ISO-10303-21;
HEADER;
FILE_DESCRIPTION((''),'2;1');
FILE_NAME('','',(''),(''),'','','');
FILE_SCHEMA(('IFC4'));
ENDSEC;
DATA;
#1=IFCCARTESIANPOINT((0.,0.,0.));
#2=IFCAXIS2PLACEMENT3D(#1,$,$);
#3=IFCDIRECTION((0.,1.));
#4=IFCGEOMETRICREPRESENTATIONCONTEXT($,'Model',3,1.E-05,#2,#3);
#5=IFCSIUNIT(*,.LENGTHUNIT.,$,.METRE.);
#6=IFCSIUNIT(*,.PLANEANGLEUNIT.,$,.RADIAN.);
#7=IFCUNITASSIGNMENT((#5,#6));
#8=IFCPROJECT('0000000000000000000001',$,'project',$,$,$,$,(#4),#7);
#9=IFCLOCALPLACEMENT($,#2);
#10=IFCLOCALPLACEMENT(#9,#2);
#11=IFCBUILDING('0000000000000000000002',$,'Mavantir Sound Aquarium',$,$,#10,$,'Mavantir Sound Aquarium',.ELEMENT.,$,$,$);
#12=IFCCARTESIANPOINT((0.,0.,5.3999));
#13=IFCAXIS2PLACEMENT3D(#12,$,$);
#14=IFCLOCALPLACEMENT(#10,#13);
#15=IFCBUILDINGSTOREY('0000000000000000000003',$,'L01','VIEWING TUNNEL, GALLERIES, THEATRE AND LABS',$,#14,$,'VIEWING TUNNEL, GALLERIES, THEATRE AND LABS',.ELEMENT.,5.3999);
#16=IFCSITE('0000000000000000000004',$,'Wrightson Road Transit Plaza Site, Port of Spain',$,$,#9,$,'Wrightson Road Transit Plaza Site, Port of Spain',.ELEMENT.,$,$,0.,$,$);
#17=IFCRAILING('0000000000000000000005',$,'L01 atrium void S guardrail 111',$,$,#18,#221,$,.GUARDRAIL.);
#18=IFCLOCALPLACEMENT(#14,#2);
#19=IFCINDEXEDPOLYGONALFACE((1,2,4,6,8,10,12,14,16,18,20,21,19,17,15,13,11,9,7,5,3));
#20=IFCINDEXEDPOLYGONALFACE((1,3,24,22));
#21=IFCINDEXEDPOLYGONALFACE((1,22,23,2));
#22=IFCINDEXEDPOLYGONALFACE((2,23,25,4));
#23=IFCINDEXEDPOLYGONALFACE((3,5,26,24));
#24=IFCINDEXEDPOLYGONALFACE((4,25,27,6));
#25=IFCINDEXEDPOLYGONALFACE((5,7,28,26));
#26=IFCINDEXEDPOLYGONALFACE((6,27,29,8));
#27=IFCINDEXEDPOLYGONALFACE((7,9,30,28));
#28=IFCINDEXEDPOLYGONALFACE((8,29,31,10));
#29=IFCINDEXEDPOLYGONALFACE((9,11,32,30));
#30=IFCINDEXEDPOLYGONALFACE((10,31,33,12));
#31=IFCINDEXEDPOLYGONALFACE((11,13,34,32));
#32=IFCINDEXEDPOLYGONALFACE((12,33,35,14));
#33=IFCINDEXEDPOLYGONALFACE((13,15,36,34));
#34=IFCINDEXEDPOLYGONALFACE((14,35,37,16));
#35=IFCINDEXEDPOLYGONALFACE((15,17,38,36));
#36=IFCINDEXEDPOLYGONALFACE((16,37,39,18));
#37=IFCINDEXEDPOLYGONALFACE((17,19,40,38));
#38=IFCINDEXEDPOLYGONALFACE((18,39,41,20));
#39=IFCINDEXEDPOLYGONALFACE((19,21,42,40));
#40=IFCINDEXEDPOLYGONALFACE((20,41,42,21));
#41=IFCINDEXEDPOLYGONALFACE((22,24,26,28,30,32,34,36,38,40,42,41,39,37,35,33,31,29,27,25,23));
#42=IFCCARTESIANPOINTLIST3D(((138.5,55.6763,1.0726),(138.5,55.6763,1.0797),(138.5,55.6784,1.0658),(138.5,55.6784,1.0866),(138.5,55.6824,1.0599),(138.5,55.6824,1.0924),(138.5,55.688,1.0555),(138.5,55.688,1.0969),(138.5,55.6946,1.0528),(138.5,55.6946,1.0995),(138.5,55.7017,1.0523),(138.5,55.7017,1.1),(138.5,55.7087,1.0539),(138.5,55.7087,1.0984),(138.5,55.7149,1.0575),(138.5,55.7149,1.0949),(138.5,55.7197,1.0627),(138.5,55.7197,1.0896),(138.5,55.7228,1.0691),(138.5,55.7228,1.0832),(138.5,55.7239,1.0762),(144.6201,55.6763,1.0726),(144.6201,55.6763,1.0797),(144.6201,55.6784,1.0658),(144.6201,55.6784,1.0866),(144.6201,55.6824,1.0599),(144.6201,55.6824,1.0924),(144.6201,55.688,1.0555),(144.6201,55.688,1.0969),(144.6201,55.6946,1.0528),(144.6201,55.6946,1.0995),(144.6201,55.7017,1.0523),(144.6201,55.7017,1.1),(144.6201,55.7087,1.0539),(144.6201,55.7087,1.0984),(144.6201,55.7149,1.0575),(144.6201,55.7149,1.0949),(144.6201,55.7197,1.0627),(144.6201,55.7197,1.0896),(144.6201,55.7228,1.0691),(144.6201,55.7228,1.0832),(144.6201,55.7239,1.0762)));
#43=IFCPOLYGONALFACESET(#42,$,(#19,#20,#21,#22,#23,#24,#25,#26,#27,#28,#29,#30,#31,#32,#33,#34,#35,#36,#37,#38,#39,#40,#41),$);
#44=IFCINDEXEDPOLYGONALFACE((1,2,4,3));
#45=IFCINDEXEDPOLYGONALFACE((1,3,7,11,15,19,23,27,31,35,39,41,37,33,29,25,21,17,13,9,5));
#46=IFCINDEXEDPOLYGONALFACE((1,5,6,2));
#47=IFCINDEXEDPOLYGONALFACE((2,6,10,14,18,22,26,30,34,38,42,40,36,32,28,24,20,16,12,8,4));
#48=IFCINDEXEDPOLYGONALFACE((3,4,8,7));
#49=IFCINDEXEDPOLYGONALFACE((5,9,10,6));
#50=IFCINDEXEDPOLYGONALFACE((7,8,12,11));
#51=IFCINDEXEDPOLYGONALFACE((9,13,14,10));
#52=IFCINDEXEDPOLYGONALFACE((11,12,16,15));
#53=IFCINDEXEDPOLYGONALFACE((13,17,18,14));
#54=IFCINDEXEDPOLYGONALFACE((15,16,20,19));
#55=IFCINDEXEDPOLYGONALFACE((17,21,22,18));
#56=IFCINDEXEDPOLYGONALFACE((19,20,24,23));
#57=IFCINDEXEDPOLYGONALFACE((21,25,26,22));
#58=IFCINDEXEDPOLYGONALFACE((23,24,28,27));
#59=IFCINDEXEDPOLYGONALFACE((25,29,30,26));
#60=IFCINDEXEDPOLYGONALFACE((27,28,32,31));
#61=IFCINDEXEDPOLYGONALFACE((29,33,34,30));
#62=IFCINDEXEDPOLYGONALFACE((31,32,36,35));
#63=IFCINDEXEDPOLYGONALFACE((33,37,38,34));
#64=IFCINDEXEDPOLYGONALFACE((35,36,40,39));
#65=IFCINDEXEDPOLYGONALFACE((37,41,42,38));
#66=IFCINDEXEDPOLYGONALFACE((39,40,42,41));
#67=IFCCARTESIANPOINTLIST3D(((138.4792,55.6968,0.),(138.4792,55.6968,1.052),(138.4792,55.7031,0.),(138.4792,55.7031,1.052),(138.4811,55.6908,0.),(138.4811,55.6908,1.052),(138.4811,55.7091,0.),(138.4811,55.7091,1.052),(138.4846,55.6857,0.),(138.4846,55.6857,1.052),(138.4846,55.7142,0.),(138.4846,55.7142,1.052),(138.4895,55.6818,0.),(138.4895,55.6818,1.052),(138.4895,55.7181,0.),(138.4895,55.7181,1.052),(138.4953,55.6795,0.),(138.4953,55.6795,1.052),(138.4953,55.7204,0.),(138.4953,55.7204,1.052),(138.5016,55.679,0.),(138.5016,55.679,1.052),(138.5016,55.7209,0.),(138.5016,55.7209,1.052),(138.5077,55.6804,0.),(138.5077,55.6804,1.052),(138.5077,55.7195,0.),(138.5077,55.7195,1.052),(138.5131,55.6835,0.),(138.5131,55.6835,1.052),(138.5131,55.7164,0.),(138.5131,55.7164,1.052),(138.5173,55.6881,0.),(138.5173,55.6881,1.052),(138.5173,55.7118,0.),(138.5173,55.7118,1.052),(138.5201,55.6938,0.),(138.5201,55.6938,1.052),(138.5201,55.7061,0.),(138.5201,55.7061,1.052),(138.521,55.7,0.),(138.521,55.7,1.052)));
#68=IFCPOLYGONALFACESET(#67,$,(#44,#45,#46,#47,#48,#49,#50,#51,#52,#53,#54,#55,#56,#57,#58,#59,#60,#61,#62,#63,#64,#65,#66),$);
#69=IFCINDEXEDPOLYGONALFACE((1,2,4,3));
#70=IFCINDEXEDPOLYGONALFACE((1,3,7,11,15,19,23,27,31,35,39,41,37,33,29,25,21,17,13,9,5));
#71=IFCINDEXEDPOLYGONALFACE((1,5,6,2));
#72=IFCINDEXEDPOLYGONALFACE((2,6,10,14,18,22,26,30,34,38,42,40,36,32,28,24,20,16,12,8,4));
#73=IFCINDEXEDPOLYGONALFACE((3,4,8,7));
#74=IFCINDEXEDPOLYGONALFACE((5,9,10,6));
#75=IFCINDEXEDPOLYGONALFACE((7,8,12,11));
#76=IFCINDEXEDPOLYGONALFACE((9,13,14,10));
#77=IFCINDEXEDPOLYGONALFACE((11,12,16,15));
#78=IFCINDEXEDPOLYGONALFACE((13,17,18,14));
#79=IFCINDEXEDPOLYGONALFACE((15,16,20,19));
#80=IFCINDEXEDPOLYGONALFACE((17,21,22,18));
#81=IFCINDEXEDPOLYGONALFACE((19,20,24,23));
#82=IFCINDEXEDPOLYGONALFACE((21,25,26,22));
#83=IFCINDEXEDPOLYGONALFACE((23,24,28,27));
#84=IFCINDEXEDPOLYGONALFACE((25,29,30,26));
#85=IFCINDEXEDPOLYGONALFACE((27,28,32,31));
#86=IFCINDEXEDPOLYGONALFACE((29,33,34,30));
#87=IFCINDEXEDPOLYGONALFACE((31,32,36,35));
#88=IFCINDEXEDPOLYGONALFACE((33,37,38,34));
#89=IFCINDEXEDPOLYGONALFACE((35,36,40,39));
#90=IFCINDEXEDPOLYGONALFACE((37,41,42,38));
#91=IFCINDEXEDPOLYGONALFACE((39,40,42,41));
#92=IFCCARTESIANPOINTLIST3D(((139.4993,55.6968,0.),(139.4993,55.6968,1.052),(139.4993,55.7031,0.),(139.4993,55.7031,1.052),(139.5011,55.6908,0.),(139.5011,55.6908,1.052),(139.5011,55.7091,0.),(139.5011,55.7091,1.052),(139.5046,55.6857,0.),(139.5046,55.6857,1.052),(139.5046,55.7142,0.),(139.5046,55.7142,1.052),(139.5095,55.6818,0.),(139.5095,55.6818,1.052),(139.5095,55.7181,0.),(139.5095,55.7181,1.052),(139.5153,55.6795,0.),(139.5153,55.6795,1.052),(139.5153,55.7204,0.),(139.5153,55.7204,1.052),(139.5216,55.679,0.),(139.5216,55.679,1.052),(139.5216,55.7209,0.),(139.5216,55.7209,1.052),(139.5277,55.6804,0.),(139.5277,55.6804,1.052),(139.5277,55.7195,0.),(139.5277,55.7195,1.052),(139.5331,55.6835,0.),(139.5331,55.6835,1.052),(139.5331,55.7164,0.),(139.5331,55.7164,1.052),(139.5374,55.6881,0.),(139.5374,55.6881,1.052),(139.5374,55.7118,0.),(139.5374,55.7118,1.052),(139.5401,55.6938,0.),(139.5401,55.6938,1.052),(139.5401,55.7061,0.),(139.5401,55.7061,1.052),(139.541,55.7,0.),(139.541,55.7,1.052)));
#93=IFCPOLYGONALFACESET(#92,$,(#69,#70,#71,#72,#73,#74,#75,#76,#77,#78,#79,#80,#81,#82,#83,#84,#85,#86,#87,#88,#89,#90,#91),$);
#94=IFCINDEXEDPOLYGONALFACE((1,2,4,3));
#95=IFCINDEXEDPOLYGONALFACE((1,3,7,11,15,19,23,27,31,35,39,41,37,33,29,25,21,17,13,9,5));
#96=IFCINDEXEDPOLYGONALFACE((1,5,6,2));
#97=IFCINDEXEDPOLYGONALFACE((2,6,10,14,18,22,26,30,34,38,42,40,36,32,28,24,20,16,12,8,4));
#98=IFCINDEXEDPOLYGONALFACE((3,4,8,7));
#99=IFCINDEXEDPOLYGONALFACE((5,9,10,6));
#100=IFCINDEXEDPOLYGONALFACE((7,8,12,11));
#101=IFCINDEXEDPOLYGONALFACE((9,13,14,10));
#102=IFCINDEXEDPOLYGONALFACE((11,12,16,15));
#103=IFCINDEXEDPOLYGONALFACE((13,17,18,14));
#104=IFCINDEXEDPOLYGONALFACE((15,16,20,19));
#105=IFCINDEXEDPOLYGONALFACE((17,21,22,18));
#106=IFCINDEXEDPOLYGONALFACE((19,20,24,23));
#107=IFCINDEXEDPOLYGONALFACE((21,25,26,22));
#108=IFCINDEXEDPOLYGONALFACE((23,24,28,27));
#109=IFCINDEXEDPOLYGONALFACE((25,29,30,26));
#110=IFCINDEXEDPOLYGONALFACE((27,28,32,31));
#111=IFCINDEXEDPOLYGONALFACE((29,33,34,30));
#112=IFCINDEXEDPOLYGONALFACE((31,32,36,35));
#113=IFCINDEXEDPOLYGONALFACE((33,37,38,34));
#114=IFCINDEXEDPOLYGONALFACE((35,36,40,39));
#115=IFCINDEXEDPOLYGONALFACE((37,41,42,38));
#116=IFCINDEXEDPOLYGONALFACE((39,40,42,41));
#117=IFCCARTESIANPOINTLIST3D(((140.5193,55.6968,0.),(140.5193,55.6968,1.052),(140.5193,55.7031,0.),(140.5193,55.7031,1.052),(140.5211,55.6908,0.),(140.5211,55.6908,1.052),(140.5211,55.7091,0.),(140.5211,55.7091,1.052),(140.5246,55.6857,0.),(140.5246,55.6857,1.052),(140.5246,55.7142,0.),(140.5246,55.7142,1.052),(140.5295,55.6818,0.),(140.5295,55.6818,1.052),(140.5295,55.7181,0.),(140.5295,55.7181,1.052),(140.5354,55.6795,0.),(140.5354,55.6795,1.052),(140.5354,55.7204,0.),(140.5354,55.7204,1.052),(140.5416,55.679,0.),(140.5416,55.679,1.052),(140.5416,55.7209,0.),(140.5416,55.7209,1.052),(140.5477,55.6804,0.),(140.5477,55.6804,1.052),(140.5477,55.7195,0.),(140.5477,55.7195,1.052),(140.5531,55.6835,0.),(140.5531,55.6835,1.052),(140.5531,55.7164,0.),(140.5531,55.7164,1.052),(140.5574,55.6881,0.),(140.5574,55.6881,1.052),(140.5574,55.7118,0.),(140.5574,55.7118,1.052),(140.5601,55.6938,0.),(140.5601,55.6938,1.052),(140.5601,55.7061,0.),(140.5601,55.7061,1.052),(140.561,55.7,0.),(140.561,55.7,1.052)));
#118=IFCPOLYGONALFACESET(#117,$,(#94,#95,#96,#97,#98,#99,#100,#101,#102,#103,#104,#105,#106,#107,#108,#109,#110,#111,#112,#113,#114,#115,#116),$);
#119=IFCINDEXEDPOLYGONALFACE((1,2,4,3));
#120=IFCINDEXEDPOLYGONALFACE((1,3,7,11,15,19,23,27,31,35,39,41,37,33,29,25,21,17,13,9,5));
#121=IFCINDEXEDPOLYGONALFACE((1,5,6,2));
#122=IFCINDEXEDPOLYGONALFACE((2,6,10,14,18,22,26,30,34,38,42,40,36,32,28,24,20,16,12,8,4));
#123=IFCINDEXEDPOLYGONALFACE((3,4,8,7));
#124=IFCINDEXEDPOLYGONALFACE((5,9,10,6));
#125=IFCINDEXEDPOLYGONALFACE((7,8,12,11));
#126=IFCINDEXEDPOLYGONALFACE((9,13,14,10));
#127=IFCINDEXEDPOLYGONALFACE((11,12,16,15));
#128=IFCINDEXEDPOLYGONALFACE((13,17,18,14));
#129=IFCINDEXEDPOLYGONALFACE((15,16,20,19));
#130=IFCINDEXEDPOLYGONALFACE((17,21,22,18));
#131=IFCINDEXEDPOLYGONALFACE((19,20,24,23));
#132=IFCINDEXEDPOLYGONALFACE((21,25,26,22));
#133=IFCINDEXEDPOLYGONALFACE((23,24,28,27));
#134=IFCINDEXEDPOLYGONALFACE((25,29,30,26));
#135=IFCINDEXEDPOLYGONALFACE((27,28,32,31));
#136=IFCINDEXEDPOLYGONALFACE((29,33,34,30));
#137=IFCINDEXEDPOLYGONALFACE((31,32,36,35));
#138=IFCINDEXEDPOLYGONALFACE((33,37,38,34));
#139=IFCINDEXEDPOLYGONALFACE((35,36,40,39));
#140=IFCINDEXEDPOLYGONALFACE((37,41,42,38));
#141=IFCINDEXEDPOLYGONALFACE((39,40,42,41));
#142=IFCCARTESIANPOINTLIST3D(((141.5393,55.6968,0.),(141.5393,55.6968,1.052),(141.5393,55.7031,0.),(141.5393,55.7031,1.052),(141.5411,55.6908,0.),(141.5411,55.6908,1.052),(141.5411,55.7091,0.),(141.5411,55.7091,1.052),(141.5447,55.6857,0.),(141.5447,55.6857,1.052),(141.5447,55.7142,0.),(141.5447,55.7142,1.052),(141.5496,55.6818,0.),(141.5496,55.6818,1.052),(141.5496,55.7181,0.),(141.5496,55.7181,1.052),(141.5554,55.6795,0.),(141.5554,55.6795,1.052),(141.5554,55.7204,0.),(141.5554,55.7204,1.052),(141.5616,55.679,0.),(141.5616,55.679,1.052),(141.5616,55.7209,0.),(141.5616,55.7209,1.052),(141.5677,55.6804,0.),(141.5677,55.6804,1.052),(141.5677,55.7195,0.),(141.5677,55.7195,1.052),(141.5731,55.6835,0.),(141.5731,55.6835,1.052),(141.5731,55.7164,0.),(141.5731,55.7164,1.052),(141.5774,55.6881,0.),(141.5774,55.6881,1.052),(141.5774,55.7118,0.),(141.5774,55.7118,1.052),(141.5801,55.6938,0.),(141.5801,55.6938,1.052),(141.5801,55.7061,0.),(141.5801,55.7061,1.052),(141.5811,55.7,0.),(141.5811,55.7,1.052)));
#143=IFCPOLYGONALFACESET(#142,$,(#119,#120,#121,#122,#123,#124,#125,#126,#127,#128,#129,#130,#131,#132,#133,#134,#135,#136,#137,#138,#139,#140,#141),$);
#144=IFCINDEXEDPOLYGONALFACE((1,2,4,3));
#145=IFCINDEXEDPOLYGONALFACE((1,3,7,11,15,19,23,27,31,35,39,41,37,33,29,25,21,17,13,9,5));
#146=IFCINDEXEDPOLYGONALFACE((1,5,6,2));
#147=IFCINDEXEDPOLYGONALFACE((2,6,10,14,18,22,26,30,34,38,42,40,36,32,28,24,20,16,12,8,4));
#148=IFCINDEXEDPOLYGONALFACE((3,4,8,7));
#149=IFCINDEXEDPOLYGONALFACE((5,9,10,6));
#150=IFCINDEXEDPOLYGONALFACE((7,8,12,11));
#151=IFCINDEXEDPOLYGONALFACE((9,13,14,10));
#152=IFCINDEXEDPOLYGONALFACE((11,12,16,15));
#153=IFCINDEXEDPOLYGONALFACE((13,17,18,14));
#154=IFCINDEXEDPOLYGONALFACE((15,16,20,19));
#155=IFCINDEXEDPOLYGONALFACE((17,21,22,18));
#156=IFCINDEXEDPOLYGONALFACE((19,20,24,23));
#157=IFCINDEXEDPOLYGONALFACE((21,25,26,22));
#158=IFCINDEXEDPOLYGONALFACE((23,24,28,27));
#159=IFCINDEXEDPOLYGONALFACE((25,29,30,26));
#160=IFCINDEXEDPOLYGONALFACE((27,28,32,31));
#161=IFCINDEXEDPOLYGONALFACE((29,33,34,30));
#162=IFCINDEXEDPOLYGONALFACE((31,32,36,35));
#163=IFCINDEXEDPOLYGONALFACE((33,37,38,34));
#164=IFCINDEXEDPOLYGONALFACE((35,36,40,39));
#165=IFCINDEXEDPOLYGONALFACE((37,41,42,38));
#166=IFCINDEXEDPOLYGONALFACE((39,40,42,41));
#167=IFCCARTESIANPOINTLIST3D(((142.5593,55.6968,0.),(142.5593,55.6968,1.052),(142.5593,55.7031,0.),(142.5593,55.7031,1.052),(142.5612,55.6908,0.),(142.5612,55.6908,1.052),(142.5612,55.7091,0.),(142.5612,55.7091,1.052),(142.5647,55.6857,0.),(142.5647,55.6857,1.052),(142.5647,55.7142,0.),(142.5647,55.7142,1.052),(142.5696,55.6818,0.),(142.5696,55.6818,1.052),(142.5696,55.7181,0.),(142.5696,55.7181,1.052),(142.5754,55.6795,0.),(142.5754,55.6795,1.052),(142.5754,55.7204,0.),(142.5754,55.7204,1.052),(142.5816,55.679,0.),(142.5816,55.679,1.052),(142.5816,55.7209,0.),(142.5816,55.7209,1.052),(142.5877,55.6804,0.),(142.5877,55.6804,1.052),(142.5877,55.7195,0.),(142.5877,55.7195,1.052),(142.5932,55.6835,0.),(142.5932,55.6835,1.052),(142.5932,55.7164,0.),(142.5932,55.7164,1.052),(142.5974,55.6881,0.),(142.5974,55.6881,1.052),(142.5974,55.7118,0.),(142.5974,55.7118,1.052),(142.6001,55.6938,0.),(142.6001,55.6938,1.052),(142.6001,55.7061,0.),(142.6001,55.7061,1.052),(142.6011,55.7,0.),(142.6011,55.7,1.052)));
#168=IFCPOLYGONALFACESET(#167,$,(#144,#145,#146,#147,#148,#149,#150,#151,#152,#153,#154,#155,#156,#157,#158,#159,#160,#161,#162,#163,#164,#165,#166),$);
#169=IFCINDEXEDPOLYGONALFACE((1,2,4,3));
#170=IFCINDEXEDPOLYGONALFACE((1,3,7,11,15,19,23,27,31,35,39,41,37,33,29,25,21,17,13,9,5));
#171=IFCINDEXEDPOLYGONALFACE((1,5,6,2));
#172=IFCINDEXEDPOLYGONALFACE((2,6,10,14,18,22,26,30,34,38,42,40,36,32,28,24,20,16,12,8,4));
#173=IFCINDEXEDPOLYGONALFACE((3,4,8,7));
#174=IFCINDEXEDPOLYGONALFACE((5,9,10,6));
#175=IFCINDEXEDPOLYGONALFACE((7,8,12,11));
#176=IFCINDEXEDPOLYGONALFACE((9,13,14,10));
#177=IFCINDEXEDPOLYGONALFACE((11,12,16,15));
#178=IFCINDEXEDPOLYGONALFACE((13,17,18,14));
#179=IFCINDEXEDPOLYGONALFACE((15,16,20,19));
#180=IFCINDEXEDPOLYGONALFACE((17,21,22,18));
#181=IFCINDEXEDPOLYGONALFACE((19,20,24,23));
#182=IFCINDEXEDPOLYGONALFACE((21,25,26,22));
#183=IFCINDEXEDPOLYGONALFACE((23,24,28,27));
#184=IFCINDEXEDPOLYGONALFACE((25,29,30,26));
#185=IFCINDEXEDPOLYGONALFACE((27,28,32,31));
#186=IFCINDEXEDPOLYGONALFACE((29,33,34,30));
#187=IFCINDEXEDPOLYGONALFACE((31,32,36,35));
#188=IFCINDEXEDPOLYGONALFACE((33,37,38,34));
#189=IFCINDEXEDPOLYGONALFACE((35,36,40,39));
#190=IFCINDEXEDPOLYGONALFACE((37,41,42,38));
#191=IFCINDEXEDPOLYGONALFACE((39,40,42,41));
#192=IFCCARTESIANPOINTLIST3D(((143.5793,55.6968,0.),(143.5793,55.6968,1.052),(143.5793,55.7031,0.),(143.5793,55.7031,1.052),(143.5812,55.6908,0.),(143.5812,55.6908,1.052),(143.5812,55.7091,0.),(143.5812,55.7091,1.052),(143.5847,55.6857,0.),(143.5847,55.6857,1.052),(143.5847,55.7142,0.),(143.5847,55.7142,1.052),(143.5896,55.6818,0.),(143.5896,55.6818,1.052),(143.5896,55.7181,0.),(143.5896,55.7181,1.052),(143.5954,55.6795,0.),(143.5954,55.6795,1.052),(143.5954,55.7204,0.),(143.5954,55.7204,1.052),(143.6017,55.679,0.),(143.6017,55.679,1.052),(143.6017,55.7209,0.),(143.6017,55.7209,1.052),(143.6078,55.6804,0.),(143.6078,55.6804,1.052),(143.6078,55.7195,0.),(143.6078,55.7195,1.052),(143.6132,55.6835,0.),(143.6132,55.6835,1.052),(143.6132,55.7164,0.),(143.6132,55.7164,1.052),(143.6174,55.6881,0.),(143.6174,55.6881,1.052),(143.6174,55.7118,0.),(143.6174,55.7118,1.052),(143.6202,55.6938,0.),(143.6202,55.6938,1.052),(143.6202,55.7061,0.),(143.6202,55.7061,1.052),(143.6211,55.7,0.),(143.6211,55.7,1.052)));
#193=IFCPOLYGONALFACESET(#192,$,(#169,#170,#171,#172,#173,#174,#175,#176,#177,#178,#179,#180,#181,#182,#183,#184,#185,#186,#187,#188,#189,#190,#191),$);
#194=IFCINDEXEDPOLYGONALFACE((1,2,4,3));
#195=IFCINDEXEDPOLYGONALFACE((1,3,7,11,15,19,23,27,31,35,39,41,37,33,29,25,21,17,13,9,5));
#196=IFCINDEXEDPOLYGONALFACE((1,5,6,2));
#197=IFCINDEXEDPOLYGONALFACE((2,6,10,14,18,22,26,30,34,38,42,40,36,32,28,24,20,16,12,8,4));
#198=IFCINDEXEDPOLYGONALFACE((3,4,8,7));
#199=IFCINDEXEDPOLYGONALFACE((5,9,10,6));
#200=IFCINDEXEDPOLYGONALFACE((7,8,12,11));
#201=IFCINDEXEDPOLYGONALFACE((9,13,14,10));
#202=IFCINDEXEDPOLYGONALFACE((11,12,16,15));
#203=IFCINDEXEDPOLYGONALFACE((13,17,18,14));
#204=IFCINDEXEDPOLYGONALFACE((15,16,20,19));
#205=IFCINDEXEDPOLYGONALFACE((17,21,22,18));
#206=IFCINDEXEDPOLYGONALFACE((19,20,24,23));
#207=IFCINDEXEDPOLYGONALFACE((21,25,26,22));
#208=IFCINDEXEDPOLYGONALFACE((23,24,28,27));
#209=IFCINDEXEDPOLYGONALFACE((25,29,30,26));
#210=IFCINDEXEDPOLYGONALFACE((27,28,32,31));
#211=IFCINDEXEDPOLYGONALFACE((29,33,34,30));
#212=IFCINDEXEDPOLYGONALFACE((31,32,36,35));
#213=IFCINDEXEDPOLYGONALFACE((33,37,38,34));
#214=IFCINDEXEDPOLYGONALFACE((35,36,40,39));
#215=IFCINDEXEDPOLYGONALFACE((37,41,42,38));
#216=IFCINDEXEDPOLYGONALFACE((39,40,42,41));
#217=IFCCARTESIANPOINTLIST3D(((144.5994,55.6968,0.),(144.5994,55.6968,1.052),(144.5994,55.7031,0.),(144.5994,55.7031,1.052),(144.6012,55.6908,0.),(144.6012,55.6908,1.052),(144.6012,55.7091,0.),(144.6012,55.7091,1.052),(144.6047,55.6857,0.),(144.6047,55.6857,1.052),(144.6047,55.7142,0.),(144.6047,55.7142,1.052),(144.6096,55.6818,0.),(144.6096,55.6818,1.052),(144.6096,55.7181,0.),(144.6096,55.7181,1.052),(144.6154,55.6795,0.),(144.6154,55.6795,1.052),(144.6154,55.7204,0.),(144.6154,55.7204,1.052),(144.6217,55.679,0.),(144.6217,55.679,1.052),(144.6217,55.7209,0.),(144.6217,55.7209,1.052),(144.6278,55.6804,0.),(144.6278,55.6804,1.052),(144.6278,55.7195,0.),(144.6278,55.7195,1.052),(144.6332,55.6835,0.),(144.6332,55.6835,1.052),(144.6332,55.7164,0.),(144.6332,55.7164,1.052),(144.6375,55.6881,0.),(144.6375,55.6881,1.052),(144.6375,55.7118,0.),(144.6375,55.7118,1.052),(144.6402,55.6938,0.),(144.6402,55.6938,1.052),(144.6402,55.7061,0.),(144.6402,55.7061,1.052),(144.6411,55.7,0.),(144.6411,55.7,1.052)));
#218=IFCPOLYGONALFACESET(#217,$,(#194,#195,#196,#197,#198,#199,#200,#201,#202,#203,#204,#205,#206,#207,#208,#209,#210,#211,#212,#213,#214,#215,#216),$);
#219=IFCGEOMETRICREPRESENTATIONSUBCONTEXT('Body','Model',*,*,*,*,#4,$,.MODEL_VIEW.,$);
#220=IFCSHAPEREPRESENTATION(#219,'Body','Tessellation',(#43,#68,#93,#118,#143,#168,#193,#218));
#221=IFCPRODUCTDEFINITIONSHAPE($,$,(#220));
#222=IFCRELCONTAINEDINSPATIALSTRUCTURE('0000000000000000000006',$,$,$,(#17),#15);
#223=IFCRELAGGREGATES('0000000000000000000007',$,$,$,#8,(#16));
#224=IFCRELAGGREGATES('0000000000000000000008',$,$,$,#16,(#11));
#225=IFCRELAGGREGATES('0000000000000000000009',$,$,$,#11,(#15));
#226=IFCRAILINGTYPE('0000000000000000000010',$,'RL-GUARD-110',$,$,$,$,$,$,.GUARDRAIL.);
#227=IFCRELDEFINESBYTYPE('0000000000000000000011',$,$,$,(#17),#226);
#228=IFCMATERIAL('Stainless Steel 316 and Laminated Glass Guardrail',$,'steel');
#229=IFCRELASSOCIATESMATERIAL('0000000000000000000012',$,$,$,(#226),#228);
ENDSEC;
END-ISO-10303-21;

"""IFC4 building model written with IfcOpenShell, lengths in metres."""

from ifc_helpers import new_model, si_unit, direction, frame, origin, origin_2d, place, context, subcontext, project, spatial, circle, extrude, material, type_object, element, save


model = new_model("IFC4")

# Units and contexts
model_context = context("Model", 3, precision=1e-05, world=origin(), true_north=direction((0.0, 1.0)))
body_context = subcontext(model_context, "Body", "Model", "MODEL_VIEW")
ifc_project = project(units=[si_unit("LENGTHUNIT", "METRE"), si_unit("PLANEANGLEUNIT", "RADIAN")], contexts=[model_context])

# Site, building, storey
site_placement = place(None, origin())
site = spatial("IfcSite", under=ifc_project, at=site_placement, Name="Wrightson Road Transit Plaza Site, Port of Spain", LongName="Wrightson Road Transit Plaza Site, Port of Spain", CompositionType="ELEMENT", RefElevation=0.0)
building_placement = place(site_placement, origin())
building = spatial("IfcBuilding", under=site, at=building_placement, Name="Mavantir Sound Aquarium", LongName="Mavantir Sound Aquarium", CompositionType="ELEMENT")
storey_placement = place(building_placement, frame((0.0, 0.0, 5.3999)))
storey = spatial("IfcBuildingStorey", under=building, at=storey_placement, Name="L01", Description="VIEWING TUNNEL, GALLERIES, THEATRE AND LABS", LongName="VIEWING TUNNEL, GALLERIES, THEATRE AND LABS", CompositionType="ELEMENT", Elevation=5.3999)

# Railing
ifc_material_1 = material(Name="Stainless Steel 316 and Laminated Glass Guardrail", Category="steel")
railing_type = type_object("IfcRailingType", Name="RL-GUARD-110", PredefinedType="GUARDRAIL", material=ifc_material_1)
railing_1_placement = place(storey_placement, frame((138.5, 55.7, 0.0)))
element("IfcRailing", 1, at=railing_1_placement, inside=storey, type_object=railing_type, Name="L01 atrium void S guardrail 111", PredefinedType="GUARDRAIL", context=body_context, shape_type="SweptSolid", body=[
    extrude(circle(Radius=0.0239, at=origin_2d()), frame((0.0, 0.0, 1.0762), z_axis=(1.0, 0.0, 0.0), x_axis=(0.0, 1.0, 0.0)), (0.0, 0.0, 1.0), 6.1201),
    extrude(circle(Radius=0.021, at=origin_2d()), origin(), (0.0, 0.0, 1.0), 1.052),
    extrude(circle(Radius=0.021, at=origin_2d()), frame((1.02, 0.0, 0.0)), (0.0, 0.0, 1.0), 1.052),
    extrude(circle(Radius=0.021, at=origin_2d()), frame((2.04, 0.0, 0.0)), (0.0, 0.0, 1.0), 1.052),
    extrude(circle(Radius=0.021, at=origin_2d()), frame((3.0601, 0.0, 0.0)), (0.0, 0.0, 1.0), 1.052),
    extrude(circle(Radius=0.021, at=origin_2d()), frame((4.0801, 0.0, 0.0)), (0.0, 0.0, 1.0), 1.052),
    extrude(circle(Radius=0.021, at=origin_2d()), frame((5.1001, 0.0, 0.0)), (0.0, 0.0, 1.0), 1.052),
    extrude(circle(Radius=0.021, at=origin_2d()), frame((6.1201, 0.0, 0.0)), (0.0, 0.0, 1.0), 1.052),
])

save(model, "model.ifc")
